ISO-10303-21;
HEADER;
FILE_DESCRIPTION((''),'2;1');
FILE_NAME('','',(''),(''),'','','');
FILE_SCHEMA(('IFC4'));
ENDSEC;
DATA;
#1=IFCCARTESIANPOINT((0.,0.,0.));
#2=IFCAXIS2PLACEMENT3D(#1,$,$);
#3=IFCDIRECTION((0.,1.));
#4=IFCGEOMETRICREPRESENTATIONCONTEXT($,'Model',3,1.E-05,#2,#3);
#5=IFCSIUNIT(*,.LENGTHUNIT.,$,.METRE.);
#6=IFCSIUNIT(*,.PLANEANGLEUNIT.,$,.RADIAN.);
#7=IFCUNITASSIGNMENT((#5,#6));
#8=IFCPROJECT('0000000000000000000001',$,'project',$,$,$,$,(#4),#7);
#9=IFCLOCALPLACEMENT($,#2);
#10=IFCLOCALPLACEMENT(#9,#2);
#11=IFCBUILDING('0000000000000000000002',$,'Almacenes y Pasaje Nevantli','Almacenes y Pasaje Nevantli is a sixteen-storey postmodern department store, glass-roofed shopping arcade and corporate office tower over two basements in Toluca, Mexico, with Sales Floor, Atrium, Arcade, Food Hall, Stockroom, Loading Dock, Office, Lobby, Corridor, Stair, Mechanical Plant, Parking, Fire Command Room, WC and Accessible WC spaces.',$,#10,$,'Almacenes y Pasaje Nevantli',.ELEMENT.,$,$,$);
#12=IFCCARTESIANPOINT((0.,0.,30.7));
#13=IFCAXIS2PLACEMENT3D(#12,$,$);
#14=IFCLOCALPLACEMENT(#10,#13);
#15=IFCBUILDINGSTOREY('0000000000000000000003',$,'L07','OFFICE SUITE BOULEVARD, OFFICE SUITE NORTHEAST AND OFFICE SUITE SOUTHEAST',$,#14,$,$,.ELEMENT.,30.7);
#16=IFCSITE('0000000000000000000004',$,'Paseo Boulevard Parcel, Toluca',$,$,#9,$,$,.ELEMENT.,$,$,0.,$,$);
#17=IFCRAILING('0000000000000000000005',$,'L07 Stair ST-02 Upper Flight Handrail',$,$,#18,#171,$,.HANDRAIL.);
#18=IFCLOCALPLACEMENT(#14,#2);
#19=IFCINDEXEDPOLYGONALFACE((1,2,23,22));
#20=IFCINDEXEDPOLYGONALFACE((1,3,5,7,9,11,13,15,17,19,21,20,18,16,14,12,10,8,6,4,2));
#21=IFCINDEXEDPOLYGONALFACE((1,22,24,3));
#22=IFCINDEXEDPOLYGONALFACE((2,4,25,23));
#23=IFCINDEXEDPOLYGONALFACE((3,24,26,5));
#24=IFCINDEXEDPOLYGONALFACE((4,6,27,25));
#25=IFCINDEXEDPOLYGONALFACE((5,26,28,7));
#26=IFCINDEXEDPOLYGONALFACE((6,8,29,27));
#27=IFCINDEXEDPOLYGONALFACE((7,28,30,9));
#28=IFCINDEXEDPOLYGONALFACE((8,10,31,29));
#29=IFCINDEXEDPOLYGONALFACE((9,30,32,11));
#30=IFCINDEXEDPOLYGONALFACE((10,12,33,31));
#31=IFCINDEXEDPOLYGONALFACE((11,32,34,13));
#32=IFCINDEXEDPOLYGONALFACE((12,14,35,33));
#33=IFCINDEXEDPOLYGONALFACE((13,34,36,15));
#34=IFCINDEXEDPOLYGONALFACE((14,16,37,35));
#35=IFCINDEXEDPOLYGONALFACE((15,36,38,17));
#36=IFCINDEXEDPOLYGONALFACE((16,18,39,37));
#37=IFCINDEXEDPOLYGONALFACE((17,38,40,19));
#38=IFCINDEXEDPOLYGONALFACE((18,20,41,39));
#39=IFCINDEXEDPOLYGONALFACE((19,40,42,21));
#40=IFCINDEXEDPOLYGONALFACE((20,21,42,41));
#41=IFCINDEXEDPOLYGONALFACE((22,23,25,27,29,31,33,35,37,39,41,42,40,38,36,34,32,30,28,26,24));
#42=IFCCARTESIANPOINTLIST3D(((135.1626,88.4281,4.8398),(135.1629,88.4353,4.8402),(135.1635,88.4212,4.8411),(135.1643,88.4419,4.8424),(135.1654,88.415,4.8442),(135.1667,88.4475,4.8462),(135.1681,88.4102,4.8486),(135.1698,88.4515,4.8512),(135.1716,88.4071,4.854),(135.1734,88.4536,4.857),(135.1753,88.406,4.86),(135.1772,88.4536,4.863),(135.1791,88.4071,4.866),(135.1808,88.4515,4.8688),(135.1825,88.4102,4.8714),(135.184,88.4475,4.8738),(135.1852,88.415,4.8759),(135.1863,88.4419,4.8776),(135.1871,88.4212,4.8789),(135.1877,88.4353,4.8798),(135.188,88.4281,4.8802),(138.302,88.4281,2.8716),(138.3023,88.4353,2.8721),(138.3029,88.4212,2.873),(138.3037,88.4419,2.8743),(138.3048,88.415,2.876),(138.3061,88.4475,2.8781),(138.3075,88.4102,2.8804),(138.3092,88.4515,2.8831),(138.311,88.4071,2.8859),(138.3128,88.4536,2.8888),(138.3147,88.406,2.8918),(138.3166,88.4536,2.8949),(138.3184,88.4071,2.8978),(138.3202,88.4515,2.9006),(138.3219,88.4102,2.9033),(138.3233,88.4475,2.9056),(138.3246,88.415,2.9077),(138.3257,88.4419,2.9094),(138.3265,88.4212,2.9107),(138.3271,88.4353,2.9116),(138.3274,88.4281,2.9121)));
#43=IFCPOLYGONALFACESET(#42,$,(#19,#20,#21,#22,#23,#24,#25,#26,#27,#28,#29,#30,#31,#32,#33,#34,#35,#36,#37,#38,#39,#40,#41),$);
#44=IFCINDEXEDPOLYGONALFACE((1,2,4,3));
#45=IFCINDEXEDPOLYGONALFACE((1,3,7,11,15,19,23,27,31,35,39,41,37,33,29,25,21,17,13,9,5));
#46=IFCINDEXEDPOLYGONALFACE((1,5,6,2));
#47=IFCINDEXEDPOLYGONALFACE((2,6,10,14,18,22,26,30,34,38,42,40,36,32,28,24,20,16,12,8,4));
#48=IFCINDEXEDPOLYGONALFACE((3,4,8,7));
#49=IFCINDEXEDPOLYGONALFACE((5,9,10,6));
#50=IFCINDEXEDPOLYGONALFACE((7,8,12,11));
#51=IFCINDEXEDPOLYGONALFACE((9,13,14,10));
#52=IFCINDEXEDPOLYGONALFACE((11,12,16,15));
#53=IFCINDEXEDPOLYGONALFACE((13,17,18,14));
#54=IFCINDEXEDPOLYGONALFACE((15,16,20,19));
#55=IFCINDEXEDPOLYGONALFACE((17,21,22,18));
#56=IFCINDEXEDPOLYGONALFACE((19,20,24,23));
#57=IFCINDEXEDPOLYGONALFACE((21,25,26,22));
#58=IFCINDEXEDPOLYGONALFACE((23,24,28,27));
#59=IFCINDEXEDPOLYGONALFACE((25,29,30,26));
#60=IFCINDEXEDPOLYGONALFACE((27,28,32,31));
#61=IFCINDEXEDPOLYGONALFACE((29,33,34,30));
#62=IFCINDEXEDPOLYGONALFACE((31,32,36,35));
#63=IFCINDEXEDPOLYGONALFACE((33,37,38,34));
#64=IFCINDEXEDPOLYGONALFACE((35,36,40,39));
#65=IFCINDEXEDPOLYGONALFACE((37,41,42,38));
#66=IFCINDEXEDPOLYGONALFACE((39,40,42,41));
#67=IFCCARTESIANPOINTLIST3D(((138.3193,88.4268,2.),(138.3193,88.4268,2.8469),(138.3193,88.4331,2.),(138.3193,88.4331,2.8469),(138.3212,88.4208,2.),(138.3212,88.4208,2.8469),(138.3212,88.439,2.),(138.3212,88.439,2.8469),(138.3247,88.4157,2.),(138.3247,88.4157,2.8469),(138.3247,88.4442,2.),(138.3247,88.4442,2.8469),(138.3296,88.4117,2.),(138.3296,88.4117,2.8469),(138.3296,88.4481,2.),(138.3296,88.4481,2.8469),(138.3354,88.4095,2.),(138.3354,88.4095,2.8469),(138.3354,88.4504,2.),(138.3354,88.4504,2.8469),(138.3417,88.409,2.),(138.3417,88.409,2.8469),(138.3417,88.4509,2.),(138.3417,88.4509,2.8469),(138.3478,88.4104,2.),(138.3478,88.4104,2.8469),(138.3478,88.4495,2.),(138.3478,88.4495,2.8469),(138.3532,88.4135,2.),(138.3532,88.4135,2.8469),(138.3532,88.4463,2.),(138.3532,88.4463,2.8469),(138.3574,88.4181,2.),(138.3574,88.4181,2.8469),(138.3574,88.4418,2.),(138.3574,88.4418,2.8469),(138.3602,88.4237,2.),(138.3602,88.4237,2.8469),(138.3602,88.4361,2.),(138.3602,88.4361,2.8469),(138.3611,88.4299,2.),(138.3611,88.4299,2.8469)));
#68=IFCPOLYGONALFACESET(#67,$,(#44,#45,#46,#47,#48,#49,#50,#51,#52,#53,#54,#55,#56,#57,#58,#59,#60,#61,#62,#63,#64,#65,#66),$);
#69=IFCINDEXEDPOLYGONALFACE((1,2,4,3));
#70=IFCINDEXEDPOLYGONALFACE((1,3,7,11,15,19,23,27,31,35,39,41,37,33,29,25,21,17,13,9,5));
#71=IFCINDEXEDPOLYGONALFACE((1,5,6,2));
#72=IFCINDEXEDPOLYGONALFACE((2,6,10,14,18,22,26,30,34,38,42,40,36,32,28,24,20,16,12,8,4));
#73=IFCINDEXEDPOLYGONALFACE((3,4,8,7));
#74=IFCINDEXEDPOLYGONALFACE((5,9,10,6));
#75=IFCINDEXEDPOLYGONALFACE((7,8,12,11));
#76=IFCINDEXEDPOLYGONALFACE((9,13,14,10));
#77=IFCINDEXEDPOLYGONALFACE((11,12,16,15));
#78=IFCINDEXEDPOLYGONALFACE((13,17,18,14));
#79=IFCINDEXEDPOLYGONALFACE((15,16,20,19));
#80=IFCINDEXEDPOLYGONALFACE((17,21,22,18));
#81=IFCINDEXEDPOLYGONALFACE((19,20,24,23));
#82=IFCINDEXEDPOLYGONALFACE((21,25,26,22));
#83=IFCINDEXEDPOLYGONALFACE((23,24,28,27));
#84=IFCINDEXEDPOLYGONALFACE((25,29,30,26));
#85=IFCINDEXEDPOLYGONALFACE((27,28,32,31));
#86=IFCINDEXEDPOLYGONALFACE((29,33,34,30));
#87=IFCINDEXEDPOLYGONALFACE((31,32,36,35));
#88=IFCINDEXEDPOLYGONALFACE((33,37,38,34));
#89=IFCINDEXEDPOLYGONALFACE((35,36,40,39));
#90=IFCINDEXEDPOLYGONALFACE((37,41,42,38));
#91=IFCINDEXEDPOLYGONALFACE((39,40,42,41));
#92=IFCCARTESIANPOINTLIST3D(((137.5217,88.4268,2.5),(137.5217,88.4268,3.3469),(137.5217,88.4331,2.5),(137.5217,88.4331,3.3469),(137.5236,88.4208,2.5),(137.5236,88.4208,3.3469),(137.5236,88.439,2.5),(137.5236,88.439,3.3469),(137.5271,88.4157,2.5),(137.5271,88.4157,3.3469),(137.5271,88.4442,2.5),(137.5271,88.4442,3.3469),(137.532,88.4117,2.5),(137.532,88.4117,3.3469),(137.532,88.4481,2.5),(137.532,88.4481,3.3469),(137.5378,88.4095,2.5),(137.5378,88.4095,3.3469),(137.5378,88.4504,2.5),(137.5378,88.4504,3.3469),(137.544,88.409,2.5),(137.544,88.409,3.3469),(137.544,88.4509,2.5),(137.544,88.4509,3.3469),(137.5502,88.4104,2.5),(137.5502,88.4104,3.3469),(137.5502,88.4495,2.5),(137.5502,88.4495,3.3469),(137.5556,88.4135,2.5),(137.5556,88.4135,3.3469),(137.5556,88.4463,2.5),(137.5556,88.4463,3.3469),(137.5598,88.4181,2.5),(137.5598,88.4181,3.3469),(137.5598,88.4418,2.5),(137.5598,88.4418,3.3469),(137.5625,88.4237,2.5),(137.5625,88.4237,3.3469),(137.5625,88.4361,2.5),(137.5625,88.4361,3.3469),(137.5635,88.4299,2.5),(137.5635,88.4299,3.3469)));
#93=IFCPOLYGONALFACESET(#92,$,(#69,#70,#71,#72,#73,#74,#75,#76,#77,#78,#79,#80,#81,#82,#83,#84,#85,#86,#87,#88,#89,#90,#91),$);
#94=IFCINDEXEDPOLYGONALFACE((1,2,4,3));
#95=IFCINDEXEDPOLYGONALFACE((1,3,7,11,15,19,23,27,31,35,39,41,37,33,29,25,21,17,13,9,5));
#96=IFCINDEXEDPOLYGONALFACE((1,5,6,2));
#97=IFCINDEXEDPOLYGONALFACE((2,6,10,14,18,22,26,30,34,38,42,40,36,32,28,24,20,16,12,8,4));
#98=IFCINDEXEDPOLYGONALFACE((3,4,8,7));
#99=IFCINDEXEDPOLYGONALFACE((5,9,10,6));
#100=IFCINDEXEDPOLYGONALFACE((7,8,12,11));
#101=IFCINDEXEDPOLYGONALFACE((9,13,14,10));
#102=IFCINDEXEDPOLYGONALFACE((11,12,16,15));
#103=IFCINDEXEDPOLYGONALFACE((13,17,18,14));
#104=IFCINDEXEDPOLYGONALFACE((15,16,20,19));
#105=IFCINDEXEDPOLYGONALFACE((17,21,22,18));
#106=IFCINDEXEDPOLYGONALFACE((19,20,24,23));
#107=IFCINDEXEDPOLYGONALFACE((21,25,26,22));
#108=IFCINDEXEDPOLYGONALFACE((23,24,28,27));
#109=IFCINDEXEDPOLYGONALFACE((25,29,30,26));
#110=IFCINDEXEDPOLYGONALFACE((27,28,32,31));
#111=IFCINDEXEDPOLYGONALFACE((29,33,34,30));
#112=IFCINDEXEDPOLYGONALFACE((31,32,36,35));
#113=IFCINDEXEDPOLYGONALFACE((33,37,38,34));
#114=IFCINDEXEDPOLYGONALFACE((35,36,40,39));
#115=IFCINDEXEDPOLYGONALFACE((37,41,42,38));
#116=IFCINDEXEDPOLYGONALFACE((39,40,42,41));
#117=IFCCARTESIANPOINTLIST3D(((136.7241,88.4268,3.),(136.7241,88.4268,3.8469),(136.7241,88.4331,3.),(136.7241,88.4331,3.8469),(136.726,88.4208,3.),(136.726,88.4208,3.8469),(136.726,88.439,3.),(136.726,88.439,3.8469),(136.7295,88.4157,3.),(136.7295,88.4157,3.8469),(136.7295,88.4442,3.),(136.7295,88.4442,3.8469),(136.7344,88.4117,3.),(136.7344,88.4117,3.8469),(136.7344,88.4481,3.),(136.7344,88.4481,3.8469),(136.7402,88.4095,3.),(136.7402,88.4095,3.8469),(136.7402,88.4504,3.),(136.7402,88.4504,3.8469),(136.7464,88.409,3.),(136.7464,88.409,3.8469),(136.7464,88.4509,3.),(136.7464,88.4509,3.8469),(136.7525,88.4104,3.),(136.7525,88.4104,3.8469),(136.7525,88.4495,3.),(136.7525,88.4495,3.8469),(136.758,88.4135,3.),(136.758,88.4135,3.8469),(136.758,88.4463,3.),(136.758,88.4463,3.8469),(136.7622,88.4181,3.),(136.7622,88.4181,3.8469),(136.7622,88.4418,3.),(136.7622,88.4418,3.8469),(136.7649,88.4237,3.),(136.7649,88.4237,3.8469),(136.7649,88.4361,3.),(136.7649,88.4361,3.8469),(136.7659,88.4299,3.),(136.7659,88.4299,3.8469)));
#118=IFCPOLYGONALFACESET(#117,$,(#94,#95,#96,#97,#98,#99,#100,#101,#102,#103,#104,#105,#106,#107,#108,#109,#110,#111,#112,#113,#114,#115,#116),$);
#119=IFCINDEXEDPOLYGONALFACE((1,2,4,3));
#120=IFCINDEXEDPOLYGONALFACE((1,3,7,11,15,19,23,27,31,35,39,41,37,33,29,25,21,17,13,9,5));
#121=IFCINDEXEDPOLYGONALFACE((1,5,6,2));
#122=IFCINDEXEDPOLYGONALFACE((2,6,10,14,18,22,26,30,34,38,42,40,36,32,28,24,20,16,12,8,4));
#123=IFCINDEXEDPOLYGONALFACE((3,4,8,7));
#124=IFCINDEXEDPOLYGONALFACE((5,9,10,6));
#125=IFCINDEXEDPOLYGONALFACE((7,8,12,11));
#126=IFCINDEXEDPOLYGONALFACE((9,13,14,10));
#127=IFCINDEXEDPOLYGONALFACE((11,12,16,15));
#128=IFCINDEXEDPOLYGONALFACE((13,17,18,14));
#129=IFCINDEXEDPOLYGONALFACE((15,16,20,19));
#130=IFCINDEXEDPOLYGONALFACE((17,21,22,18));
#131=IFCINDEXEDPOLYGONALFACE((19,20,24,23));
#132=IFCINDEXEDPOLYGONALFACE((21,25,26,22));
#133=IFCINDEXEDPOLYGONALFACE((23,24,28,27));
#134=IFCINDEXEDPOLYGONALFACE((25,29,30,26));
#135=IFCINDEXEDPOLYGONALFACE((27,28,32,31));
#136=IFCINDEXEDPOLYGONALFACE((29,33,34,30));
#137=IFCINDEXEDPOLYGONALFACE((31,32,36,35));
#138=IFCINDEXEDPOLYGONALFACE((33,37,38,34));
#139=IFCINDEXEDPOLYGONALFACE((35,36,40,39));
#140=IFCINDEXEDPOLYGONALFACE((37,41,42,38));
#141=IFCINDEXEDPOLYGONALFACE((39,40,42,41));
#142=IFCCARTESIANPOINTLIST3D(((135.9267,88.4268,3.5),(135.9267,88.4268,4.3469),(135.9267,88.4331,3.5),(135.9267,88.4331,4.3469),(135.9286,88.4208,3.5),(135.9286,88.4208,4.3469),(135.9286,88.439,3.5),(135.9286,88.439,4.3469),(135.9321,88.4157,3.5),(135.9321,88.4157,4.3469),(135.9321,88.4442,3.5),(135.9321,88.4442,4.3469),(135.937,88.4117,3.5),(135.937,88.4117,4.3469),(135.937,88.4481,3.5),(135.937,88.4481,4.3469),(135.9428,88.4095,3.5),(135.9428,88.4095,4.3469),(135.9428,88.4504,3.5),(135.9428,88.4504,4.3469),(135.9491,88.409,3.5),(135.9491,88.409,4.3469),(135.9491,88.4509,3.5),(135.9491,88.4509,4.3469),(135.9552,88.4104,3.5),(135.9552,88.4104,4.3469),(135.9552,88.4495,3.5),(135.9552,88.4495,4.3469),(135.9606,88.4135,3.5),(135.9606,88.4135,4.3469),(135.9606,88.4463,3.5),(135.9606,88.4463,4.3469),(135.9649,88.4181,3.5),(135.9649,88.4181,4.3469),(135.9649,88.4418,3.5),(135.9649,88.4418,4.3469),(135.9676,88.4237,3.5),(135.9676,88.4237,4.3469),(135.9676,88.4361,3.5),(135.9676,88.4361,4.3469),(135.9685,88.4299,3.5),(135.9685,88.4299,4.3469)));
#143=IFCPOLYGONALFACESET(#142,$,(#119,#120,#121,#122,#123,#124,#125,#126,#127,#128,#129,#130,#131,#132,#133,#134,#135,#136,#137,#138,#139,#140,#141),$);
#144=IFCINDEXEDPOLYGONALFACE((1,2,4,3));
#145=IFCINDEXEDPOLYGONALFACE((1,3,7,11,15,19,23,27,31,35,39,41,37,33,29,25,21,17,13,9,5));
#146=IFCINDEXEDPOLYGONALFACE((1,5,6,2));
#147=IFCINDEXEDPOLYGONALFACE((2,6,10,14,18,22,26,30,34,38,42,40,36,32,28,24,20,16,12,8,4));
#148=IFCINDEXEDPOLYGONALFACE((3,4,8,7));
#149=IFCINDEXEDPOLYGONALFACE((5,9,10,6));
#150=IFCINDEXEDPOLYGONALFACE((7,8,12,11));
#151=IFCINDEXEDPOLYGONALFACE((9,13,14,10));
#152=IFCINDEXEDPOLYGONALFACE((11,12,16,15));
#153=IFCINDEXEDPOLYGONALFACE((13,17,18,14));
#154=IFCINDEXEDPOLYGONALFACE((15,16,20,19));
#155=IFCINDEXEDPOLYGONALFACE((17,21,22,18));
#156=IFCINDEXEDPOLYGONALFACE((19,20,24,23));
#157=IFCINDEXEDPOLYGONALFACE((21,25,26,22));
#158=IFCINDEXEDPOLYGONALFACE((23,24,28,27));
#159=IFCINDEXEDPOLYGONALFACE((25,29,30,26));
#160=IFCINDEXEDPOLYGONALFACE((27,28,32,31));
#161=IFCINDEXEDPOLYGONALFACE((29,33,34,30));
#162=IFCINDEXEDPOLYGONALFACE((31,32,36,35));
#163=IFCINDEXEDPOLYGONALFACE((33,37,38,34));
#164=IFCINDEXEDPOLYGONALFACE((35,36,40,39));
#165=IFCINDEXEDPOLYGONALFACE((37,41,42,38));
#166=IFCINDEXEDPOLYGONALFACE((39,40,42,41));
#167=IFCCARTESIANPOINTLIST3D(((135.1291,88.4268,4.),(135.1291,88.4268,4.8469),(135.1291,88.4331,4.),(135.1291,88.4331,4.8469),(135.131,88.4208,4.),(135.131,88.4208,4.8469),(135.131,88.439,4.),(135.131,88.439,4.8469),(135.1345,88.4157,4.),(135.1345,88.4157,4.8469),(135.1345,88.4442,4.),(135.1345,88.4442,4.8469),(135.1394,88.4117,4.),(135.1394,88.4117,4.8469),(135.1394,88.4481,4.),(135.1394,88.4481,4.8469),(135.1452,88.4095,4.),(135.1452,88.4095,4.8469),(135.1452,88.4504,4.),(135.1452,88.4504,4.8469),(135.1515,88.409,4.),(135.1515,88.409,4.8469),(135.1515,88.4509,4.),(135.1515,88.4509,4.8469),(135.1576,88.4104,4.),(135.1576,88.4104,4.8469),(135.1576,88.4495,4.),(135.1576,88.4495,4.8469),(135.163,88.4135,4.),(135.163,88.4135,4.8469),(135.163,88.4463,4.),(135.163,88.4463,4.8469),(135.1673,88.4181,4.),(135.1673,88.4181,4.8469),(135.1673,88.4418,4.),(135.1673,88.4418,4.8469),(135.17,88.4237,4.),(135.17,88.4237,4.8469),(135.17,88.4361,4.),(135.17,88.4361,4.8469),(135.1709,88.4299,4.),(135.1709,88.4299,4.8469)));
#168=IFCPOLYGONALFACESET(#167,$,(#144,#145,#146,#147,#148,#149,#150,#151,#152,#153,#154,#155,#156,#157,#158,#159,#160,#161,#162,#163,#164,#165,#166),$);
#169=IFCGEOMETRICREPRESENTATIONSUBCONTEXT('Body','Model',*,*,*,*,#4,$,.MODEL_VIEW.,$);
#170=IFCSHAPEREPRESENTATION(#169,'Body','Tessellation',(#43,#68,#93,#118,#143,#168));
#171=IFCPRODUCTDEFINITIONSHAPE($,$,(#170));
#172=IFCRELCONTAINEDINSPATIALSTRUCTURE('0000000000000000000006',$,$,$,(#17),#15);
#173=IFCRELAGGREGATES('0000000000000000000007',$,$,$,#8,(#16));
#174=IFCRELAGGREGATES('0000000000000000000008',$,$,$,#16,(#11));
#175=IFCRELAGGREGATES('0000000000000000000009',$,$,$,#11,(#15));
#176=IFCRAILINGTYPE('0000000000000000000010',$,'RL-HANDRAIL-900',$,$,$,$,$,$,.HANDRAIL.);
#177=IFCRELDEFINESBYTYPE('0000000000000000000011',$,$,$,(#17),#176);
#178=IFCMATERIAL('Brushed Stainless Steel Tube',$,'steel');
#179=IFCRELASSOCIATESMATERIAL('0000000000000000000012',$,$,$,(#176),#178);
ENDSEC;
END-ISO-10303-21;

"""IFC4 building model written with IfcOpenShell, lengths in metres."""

from ifc_helpers import new_model, si_unit, direction, frame, origin, origin_2d, place, context, subcontext, project, spatial, circle, extrude, material, type_object, element, save


model = new_model("IFC4")

# Units and contexts
model_context = context("Model", 3, precision=1e-05, world=origin(), true_north=direction((0.0, 1.0)))
body_context = subcontext(model_context, "Body", "Model", "MODEL_VIEW")
ifc_project = project(units=[si_unit("LENGTHUNIT", "METRE"), si_unit("PLANEANGLEUNIT", "RADIAN")], contexts=[model_context])

# Site, building, storey
site_placement = place(None, origin())
site = spatial("IfcSite", under=ifc_project, at=site_placement, Name="Paseo Boulevard Parcel, Toluca", CompositionType="ELEMENT", RefElevation=0.0)
building_placement = place(site_placement, origin())
building = spatial("IfcBuilding", under=site, at=building_placement, Name="Almacenes y Pasaje Nevantli", Description="Almacenes y Pasaje Nevantli is a sixteen-storey postmodern department store, glass-roofed shopping arcade and corporate office tower over two basements in Toluca, Mexico, with Sales Floor, Atrium, Arcade, Food Hall, Stockroom, Loading Dock, Office, Lobby, Corridor, Stair, Mechanical Plant, Parking, Fire Command Room, WC and Accessible WC spaces.", LongName="Almacenes y Pasaje Nevantli", CompositionType="ELEMENT")
storey_placement = place(building_placement, frame((0.0, 0.0, 30.7)))
storey = spatial("IfcBuildingStorey", under=building, at=storey_placement, Name="L07", Description="OFFICE SUITE BOULEVARD, OFFICE SUITE NORTHEAST AND OFFICE SUITE SOUTHEAST", CompositionType="ELEMENT", Elevation=30.7)

# Railing
ifc_material_1 = material(Name="Brushed Stainless Steel Tube", Category="steel")
railing_type_1 = type_object("IfcRailingType", Name="RL-HANDRAIL-900", PredefinedType="HANDRAIL", material=ifc_material_1)
railing_1_placement = place(storey_placement, frame((138.3401, 88.4299, 2.0)))
element("IfcRailing", 1, at=railing_1_placement, inside=storey, type_object=railing_type_1, Name="L07 Stair ST-02 Upper Flight Handrail", PredefinedType="HANDRAIL", context=body_context, shape_type="SweptSolid", body=[
    extrude(circle(Radius=0.0239, at=origin_2d()), frame((-0.0254, 0.0, 0.8918), z_axis=(-0.847265, 0.0, 0.53117), x_axis=(0.0, -1.0, 0.0)), (0.0, 0.0, 1.0), 3.7053),
    extrude(circle(Radius=0.021, at=origin_2d()), origin(), (0.0, 0.0, 1.0), 0.8469),
    extrude(circle(Radius=0.021, at=origin_2d()), frame((-0.7976, 0.0, 0.5)), (0.0, 0.0, 1.0), 0.8469),
    extrude(circle(Radius=0.021, at=origin_2d()), frame((-1.5952, 0.0, 1.0)), (0.0, 0.0, 1.0), 0.8469),
    extrude(circle(Radius=0.021, at=origin_2d()), frame((-2.3926, 0.0, 1.5)), (0.0, 0.0, 1.0), 0.8469),
    extrude(circle(Radius=0.021, at=origin_2d()), frame((-3.1902, 0.0, 2.0)), (0.0, 0.0, 1.0), 0.8469),
])

save(model, "model.ifc")
